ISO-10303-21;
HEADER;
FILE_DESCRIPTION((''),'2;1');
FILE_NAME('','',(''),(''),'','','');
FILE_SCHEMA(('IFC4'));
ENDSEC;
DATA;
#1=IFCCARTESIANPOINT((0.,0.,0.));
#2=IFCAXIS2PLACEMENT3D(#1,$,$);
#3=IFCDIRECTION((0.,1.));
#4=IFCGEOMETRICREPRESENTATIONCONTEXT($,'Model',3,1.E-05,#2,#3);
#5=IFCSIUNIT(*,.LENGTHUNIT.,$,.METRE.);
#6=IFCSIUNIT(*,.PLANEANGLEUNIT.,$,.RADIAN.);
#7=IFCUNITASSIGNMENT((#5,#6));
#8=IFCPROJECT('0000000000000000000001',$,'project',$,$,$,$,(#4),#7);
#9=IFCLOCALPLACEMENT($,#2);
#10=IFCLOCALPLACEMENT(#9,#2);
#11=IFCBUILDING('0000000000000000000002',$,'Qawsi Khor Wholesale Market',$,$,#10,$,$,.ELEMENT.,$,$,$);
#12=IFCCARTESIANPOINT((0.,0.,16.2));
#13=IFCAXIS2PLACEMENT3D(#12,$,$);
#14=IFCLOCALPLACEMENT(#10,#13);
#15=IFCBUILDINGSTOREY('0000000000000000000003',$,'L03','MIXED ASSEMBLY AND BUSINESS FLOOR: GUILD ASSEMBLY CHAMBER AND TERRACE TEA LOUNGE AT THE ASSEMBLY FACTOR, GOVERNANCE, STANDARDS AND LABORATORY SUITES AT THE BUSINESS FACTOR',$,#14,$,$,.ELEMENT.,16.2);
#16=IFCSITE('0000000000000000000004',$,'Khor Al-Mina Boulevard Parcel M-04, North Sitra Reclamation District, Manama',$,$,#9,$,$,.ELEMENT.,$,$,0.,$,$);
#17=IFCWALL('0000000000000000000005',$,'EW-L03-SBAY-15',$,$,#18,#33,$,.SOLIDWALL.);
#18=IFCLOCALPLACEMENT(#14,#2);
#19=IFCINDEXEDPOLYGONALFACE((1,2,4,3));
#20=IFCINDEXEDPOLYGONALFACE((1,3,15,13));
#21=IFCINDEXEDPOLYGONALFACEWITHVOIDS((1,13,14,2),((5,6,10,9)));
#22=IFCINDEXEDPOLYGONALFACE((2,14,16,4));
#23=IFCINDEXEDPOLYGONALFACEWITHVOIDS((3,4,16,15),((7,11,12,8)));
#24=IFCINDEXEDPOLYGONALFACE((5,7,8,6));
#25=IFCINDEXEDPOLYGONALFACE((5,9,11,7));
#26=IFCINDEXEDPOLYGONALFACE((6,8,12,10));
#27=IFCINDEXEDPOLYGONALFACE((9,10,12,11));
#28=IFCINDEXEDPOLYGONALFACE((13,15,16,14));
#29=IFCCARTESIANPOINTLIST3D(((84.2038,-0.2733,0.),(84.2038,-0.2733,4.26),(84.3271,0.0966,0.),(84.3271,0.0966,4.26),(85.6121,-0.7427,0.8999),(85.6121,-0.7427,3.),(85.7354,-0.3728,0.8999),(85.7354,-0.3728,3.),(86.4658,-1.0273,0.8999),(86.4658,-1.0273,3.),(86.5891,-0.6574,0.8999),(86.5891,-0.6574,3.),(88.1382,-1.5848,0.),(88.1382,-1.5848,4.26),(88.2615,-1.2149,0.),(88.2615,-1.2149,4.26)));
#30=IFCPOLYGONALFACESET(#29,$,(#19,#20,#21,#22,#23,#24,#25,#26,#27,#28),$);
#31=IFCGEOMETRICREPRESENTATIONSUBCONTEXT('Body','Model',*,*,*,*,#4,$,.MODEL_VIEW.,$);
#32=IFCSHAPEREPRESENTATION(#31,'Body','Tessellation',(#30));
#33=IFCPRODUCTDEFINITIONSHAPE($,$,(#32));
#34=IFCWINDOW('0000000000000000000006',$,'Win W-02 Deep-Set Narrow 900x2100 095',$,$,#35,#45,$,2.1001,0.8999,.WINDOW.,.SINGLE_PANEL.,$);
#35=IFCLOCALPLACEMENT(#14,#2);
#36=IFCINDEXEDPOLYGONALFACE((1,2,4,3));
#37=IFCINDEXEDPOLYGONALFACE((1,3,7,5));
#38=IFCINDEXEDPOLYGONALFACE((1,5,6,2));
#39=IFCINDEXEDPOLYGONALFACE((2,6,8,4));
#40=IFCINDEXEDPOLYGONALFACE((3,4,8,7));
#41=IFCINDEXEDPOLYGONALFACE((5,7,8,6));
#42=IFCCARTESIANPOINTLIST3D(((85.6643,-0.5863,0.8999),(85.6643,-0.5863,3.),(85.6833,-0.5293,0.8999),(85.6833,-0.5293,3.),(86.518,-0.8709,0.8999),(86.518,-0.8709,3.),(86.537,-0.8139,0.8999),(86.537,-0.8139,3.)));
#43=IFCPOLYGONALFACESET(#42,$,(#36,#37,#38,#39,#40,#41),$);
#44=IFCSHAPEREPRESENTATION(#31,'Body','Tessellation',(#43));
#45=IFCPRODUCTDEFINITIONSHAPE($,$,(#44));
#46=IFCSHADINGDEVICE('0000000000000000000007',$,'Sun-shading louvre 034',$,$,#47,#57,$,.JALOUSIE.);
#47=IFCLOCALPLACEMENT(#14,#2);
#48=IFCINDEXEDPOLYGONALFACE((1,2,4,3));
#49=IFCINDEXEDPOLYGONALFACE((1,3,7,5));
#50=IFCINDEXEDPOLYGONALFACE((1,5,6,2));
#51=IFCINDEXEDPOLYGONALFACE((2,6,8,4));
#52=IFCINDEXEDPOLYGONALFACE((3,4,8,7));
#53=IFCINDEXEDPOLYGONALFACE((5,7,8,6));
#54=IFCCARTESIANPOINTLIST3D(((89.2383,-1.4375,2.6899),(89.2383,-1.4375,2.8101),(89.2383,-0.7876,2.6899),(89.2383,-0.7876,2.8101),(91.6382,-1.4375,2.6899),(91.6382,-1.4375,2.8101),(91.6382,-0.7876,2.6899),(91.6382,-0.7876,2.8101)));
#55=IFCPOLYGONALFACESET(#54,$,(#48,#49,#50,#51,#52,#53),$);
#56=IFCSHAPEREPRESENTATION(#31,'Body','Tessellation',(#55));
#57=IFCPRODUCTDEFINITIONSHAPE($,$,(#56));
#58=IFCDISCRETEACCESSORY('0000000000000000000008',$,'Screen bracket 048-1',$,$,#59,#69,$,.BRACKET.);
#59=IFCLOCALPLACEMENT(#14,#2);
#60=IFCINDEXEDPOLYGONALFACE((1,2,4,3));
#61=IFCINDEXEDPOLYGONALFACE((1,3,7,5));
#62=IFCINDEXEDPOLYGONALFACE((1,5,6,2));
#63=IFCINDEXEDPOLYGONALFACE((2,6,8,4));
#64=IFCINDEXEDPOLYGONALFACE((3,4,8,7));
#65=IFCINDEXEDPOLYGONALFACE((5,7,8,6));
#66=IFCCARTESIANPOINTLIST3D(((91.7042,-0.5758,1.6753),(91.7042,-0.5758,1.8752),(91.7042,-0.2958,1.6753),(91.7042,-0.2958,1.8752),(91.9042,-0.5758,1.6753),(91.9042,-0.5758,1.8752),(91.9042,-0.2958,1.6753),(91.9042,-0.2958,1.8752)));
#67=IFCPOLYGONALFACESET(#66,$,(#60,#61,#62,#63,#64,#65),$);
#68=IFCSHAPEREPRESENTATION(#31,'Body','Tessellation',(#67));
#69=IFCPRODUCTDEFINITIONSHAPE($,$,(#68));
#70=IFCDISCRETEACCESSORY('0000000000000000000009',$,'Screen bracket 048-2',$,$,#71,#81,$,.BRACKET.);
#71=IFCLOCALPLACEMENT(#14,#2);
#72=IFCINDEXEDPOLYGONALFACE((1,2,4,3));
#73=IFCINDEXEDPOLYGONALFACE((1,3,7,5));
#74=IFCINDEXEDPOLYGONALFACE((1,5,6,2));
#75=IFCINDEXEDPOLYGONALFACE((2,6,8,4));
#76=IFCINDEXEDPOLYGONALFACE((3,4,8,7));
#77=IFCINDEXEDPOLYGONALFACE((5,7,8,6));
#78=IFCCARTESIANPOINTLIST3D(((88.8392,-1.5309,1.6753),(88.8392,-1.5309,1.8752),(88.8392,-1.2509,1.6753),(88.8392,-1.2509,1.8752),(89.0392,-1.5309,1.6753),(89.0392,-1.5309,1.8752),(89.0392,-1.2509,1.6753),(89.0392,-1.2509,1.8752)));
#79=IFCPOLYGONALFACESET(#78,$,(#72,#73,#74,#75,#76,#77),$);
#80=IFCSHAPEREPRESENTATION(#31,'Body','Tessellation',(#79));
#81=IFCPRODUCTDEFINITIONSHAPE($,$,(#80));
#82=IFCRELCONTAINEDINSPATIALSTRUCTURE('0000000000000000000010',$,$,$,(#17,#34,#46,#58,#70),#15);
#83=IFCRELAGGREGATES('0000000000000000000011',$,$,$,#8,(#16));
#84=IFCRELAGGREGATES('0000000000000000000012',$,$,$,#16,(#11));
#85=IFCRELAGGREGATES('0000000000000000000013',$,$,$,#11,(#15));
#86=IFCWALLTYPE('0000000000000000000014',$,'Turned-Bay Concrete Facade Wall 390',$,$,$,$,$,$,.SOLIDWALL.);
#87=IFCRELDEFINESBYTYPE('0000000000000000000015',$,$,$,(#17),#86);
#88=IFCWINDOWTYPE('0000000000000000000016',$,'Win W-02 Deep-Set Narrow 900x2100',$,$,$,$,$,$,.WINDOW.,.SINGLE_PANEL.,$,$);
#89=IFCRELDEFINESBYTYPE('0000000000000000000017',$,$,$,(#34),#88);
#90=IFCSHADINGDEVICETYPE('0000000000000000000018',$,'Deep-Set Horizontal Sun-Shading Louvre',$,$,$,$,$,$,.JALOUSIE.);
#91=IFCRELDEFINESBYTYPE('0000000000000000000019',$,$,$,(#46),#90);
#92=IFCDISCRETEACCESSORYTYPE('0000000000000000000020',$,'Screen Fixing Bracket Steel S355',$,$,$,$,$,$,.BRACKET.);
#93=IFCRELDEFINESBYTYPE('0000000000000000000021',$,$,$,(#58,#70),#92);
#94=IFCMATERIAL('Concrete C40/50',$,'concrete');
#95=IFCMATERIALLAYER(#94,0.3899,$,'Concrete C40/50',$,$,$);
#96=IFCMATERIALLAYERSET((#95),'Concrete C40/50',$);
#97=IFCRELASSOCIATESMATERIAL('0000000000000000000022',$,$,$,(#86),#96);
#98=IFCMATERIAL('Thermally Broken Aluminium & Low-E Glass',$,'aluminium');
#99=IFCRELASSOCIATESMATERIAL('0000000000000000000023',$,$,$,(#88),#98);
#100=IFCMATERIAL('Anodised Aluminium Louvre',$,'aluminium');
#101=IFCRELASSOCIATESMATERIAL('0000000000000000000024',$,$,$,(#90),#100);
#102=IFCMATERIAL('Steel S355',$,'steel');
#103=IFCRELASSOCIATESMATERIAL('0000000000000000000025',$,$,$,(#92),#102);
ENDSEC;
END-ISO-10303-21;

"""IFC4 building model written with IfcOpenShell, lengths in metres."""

from ifc_helpers import new_model, si_unit, direction, frame, frame_2d, origin, origin_2d, place, context, subcontext, project, spatial, rectangle, extrude, material, layer, layer_set, type_object, element, fill, save


model = new_model("IFC4")

# Units and contexts
model_context = context("Model", 3, precision=1e-05, world=origin(), true_north=direction((0.0, 1.0)))
body_context = subcontext(model_context, "Body", "Model", "MODEL_VIEW")
ifc_project = project(units=[si_unit("LENGTHUNIT", "METRE"), si_unit("PLANEANGLEUNIT", "RADIAN")], contexts=[model_context])

# Site, building, storey
site_placement = place(None, origin())
site = spatial("IfcSite", under=ifc_project, at=site_placement, Name="Khor Al-Mina Boulevard Parcel M-04, North Sitra Reclamation District, Manama", CompositionType="ELEMENT", RefElevation=0.0)
building_placement = place(site_placement, origin())
building = spatial("IfcBuilding", under=site, at=building_placement, Name="Qawsi Khor Wholesale Market", CompositionType="ELEMENT")
storey_placement = place(building_placement, frame((0.0, 0.0, 16.2)))
storey = spatial("IfcBuildingStorey", under=building, at=storey_placement, Name="L03", Description="MIXED ASSEMBLY AND BUSINESS FLOOR: GUILD ASSEMBLY CHAMBER AND TERRACE TEA LOUNGE AT THE ASSEMBLY FACTOR, GOVERNANCE, STANDARDS AND LABORATORY SUITES AT THE BUSINESS FACTOR", CompositionType="ELEMENT", Elevation=16.2)

# Shared definitions
ifc_material_1 = material(Name="Concrete C40/50", Category="concrete")

# Shared definitions
ifc_material_2 = material(Name="Steel S355", Category="steel")

# Wall, opening, window
ifc_material_3 = material(Name="Thermally Broken Aluminium & Low-E Glass", Category="aluminium")
ifc_layer_1 = layer(ifc_material_1, 0.3899, Name="Concrete C40/50")
ifc_layer_set_1 = layer_set([ifc_layer_1], Name="Concrete C40/50")
wall_type_1 = type_object("IfcWallType", Name="Turned-Bay Concrete Facade Wall 390", PredefinedType="SOLIDWALL", material=ifc_layer_set_1)
wall_1_placement = place(storey_placement, frame((88.2, -1.3999, 0.0), z_axis=(0.0, 0.0, 1.0), x_axis=(-0.948677, 0.316245, 0.0)))
wall_1 = element("IfcWall", 1, at=wall_1_placement, inside=storey, type_object=wall_type_1, Name="EW-L03-SBAY-15", PredefinedType="SOLIDWALL", context=body_context, shape_type="SweptSolid", body=[
    extrude(rectangle(XDim=4.1472, YDim=0.3899, at=frame_2d((2.0737, 0.0))), origin(), (0.0, 0.0, 1.0), 4.26),
])
opening_1_placement = place(wall_1_placement, frame((1.7629, 0.0, 0.8999)))
opening_1 = element("IfcOpeningElement", 2, at=opening_1_placement, cuts=wall_1, PredefinedType="OPENING", context=body_context, shape_type="SweptSolid", body=[
    extrude(rectangle(XDim=0.8999, YDim=2.1001, at=frame_2d((0.45, 1.05))), frame((0.0, 0.2048, 0.0), z_axis=(0.0, -1.0, 0.0), x_axis=(1.0, 0.0, 0.0)), (0.0, 0.0, 1.0), 0.4099),
])
window_type_1 = type_object("IfcWindowType", Name="Win W-02 Deep-Set Narrow 900x2100", PartitioningType="SINGLE_PANEL", PredefinedType="WINDOW", material=ifc_material_3)
window_1_placement = place(opening_1_placement, origin())
window_1 = element("IfcWindow", 3, at=window_1_placement, inside=storey, type_object=window_type_1, Name="Win W-02 Deep-Set Narrow 900x2100 095", OverallHeight=2.1001, OverallWidth=0.8999, PartitioningType="SINGLE_PANEL", PredefinedType="WINDOW", context=body_context, shape_type="SweptSolid", body=[
    extrude(rectangle(XDim=0.8999, YDim=2.1001, at=frame_2d((0.45, 1.05))), frame((0.0, 0.03, 0.0), z_axis=(0.0, -1.0, 0.0), x_axis=(1.0, 0.0, 0.0)), (0.0, 0.0, 1.0), 0.0601),
])
fill(opening_1, window_1)

# Shading device
ifc_material_4 = material(Name="Anodised Aluminium Louvre", Category="aluminium")
shading_device_type = type_object("IfcShadingDeviceType", Name="Deep-Set Horizontal Sun-Shading Louvre", PredefinedType="JALOUSIE", material=ifc_material_4)
shading_device_placement = place(storey_placement, frame((90.4382, -1.1125, 2.6899), z_axis=(0.0, 0.0, 1.0), x_axis=(1.0, 0.0, 0.0)))
element("IfcShadingDevice", 4, at=shading_device_placement, inside=storey, type_object=shading_device_type, Name="Sun-shading louvre 034", PredefinedType="JALOUSIE", context=body_context, shape_type="SweptSolid", body=[
    extrude(rectangle(XDim=2.3999, YDim=0.6499, at=origin_2d()), origin(), (0.0, 0.0, 1.0), 0.1201),
])

# Discrete accessories
discrete_accessory_type = type_object("IfcDiscreteAccessoryType", Name="Screen Fixing Bracket Steel S355", PredefinedType="BRACKET", material=ifc_material_2)
for number, where, z_axis, x_axis, name in (
    (5, (91.8042, -0.4358, 1.6753), (0.0, 0.0, 1.0), (1.0, 0.0, 0.0), "Screen bracket 048-1"),
    (6, (88.9392, -1.3909, 1.6753), (0.0, 0.0, 1.0), (1.0, 0.0, 0.0), "Screen bracket 048-2"),
):
    element("IfcDiscreteAccessory", number, at=place(storey_placement, frame(where, z_axis=z_axis, x_axis=x_axis)), inside=storey, type_object=discrete_accessory_type, Name=name, PredefinedType="BRACKET", context=body_context, shape_type="SweptSolid", body=[
        extrude(rectangle(XDim=0.2, YDim=0.28, at=origin_2d()), origin(), (0.0, 0.0, 1.0), 0.2),
    ])

save(model, "model.ifc")
